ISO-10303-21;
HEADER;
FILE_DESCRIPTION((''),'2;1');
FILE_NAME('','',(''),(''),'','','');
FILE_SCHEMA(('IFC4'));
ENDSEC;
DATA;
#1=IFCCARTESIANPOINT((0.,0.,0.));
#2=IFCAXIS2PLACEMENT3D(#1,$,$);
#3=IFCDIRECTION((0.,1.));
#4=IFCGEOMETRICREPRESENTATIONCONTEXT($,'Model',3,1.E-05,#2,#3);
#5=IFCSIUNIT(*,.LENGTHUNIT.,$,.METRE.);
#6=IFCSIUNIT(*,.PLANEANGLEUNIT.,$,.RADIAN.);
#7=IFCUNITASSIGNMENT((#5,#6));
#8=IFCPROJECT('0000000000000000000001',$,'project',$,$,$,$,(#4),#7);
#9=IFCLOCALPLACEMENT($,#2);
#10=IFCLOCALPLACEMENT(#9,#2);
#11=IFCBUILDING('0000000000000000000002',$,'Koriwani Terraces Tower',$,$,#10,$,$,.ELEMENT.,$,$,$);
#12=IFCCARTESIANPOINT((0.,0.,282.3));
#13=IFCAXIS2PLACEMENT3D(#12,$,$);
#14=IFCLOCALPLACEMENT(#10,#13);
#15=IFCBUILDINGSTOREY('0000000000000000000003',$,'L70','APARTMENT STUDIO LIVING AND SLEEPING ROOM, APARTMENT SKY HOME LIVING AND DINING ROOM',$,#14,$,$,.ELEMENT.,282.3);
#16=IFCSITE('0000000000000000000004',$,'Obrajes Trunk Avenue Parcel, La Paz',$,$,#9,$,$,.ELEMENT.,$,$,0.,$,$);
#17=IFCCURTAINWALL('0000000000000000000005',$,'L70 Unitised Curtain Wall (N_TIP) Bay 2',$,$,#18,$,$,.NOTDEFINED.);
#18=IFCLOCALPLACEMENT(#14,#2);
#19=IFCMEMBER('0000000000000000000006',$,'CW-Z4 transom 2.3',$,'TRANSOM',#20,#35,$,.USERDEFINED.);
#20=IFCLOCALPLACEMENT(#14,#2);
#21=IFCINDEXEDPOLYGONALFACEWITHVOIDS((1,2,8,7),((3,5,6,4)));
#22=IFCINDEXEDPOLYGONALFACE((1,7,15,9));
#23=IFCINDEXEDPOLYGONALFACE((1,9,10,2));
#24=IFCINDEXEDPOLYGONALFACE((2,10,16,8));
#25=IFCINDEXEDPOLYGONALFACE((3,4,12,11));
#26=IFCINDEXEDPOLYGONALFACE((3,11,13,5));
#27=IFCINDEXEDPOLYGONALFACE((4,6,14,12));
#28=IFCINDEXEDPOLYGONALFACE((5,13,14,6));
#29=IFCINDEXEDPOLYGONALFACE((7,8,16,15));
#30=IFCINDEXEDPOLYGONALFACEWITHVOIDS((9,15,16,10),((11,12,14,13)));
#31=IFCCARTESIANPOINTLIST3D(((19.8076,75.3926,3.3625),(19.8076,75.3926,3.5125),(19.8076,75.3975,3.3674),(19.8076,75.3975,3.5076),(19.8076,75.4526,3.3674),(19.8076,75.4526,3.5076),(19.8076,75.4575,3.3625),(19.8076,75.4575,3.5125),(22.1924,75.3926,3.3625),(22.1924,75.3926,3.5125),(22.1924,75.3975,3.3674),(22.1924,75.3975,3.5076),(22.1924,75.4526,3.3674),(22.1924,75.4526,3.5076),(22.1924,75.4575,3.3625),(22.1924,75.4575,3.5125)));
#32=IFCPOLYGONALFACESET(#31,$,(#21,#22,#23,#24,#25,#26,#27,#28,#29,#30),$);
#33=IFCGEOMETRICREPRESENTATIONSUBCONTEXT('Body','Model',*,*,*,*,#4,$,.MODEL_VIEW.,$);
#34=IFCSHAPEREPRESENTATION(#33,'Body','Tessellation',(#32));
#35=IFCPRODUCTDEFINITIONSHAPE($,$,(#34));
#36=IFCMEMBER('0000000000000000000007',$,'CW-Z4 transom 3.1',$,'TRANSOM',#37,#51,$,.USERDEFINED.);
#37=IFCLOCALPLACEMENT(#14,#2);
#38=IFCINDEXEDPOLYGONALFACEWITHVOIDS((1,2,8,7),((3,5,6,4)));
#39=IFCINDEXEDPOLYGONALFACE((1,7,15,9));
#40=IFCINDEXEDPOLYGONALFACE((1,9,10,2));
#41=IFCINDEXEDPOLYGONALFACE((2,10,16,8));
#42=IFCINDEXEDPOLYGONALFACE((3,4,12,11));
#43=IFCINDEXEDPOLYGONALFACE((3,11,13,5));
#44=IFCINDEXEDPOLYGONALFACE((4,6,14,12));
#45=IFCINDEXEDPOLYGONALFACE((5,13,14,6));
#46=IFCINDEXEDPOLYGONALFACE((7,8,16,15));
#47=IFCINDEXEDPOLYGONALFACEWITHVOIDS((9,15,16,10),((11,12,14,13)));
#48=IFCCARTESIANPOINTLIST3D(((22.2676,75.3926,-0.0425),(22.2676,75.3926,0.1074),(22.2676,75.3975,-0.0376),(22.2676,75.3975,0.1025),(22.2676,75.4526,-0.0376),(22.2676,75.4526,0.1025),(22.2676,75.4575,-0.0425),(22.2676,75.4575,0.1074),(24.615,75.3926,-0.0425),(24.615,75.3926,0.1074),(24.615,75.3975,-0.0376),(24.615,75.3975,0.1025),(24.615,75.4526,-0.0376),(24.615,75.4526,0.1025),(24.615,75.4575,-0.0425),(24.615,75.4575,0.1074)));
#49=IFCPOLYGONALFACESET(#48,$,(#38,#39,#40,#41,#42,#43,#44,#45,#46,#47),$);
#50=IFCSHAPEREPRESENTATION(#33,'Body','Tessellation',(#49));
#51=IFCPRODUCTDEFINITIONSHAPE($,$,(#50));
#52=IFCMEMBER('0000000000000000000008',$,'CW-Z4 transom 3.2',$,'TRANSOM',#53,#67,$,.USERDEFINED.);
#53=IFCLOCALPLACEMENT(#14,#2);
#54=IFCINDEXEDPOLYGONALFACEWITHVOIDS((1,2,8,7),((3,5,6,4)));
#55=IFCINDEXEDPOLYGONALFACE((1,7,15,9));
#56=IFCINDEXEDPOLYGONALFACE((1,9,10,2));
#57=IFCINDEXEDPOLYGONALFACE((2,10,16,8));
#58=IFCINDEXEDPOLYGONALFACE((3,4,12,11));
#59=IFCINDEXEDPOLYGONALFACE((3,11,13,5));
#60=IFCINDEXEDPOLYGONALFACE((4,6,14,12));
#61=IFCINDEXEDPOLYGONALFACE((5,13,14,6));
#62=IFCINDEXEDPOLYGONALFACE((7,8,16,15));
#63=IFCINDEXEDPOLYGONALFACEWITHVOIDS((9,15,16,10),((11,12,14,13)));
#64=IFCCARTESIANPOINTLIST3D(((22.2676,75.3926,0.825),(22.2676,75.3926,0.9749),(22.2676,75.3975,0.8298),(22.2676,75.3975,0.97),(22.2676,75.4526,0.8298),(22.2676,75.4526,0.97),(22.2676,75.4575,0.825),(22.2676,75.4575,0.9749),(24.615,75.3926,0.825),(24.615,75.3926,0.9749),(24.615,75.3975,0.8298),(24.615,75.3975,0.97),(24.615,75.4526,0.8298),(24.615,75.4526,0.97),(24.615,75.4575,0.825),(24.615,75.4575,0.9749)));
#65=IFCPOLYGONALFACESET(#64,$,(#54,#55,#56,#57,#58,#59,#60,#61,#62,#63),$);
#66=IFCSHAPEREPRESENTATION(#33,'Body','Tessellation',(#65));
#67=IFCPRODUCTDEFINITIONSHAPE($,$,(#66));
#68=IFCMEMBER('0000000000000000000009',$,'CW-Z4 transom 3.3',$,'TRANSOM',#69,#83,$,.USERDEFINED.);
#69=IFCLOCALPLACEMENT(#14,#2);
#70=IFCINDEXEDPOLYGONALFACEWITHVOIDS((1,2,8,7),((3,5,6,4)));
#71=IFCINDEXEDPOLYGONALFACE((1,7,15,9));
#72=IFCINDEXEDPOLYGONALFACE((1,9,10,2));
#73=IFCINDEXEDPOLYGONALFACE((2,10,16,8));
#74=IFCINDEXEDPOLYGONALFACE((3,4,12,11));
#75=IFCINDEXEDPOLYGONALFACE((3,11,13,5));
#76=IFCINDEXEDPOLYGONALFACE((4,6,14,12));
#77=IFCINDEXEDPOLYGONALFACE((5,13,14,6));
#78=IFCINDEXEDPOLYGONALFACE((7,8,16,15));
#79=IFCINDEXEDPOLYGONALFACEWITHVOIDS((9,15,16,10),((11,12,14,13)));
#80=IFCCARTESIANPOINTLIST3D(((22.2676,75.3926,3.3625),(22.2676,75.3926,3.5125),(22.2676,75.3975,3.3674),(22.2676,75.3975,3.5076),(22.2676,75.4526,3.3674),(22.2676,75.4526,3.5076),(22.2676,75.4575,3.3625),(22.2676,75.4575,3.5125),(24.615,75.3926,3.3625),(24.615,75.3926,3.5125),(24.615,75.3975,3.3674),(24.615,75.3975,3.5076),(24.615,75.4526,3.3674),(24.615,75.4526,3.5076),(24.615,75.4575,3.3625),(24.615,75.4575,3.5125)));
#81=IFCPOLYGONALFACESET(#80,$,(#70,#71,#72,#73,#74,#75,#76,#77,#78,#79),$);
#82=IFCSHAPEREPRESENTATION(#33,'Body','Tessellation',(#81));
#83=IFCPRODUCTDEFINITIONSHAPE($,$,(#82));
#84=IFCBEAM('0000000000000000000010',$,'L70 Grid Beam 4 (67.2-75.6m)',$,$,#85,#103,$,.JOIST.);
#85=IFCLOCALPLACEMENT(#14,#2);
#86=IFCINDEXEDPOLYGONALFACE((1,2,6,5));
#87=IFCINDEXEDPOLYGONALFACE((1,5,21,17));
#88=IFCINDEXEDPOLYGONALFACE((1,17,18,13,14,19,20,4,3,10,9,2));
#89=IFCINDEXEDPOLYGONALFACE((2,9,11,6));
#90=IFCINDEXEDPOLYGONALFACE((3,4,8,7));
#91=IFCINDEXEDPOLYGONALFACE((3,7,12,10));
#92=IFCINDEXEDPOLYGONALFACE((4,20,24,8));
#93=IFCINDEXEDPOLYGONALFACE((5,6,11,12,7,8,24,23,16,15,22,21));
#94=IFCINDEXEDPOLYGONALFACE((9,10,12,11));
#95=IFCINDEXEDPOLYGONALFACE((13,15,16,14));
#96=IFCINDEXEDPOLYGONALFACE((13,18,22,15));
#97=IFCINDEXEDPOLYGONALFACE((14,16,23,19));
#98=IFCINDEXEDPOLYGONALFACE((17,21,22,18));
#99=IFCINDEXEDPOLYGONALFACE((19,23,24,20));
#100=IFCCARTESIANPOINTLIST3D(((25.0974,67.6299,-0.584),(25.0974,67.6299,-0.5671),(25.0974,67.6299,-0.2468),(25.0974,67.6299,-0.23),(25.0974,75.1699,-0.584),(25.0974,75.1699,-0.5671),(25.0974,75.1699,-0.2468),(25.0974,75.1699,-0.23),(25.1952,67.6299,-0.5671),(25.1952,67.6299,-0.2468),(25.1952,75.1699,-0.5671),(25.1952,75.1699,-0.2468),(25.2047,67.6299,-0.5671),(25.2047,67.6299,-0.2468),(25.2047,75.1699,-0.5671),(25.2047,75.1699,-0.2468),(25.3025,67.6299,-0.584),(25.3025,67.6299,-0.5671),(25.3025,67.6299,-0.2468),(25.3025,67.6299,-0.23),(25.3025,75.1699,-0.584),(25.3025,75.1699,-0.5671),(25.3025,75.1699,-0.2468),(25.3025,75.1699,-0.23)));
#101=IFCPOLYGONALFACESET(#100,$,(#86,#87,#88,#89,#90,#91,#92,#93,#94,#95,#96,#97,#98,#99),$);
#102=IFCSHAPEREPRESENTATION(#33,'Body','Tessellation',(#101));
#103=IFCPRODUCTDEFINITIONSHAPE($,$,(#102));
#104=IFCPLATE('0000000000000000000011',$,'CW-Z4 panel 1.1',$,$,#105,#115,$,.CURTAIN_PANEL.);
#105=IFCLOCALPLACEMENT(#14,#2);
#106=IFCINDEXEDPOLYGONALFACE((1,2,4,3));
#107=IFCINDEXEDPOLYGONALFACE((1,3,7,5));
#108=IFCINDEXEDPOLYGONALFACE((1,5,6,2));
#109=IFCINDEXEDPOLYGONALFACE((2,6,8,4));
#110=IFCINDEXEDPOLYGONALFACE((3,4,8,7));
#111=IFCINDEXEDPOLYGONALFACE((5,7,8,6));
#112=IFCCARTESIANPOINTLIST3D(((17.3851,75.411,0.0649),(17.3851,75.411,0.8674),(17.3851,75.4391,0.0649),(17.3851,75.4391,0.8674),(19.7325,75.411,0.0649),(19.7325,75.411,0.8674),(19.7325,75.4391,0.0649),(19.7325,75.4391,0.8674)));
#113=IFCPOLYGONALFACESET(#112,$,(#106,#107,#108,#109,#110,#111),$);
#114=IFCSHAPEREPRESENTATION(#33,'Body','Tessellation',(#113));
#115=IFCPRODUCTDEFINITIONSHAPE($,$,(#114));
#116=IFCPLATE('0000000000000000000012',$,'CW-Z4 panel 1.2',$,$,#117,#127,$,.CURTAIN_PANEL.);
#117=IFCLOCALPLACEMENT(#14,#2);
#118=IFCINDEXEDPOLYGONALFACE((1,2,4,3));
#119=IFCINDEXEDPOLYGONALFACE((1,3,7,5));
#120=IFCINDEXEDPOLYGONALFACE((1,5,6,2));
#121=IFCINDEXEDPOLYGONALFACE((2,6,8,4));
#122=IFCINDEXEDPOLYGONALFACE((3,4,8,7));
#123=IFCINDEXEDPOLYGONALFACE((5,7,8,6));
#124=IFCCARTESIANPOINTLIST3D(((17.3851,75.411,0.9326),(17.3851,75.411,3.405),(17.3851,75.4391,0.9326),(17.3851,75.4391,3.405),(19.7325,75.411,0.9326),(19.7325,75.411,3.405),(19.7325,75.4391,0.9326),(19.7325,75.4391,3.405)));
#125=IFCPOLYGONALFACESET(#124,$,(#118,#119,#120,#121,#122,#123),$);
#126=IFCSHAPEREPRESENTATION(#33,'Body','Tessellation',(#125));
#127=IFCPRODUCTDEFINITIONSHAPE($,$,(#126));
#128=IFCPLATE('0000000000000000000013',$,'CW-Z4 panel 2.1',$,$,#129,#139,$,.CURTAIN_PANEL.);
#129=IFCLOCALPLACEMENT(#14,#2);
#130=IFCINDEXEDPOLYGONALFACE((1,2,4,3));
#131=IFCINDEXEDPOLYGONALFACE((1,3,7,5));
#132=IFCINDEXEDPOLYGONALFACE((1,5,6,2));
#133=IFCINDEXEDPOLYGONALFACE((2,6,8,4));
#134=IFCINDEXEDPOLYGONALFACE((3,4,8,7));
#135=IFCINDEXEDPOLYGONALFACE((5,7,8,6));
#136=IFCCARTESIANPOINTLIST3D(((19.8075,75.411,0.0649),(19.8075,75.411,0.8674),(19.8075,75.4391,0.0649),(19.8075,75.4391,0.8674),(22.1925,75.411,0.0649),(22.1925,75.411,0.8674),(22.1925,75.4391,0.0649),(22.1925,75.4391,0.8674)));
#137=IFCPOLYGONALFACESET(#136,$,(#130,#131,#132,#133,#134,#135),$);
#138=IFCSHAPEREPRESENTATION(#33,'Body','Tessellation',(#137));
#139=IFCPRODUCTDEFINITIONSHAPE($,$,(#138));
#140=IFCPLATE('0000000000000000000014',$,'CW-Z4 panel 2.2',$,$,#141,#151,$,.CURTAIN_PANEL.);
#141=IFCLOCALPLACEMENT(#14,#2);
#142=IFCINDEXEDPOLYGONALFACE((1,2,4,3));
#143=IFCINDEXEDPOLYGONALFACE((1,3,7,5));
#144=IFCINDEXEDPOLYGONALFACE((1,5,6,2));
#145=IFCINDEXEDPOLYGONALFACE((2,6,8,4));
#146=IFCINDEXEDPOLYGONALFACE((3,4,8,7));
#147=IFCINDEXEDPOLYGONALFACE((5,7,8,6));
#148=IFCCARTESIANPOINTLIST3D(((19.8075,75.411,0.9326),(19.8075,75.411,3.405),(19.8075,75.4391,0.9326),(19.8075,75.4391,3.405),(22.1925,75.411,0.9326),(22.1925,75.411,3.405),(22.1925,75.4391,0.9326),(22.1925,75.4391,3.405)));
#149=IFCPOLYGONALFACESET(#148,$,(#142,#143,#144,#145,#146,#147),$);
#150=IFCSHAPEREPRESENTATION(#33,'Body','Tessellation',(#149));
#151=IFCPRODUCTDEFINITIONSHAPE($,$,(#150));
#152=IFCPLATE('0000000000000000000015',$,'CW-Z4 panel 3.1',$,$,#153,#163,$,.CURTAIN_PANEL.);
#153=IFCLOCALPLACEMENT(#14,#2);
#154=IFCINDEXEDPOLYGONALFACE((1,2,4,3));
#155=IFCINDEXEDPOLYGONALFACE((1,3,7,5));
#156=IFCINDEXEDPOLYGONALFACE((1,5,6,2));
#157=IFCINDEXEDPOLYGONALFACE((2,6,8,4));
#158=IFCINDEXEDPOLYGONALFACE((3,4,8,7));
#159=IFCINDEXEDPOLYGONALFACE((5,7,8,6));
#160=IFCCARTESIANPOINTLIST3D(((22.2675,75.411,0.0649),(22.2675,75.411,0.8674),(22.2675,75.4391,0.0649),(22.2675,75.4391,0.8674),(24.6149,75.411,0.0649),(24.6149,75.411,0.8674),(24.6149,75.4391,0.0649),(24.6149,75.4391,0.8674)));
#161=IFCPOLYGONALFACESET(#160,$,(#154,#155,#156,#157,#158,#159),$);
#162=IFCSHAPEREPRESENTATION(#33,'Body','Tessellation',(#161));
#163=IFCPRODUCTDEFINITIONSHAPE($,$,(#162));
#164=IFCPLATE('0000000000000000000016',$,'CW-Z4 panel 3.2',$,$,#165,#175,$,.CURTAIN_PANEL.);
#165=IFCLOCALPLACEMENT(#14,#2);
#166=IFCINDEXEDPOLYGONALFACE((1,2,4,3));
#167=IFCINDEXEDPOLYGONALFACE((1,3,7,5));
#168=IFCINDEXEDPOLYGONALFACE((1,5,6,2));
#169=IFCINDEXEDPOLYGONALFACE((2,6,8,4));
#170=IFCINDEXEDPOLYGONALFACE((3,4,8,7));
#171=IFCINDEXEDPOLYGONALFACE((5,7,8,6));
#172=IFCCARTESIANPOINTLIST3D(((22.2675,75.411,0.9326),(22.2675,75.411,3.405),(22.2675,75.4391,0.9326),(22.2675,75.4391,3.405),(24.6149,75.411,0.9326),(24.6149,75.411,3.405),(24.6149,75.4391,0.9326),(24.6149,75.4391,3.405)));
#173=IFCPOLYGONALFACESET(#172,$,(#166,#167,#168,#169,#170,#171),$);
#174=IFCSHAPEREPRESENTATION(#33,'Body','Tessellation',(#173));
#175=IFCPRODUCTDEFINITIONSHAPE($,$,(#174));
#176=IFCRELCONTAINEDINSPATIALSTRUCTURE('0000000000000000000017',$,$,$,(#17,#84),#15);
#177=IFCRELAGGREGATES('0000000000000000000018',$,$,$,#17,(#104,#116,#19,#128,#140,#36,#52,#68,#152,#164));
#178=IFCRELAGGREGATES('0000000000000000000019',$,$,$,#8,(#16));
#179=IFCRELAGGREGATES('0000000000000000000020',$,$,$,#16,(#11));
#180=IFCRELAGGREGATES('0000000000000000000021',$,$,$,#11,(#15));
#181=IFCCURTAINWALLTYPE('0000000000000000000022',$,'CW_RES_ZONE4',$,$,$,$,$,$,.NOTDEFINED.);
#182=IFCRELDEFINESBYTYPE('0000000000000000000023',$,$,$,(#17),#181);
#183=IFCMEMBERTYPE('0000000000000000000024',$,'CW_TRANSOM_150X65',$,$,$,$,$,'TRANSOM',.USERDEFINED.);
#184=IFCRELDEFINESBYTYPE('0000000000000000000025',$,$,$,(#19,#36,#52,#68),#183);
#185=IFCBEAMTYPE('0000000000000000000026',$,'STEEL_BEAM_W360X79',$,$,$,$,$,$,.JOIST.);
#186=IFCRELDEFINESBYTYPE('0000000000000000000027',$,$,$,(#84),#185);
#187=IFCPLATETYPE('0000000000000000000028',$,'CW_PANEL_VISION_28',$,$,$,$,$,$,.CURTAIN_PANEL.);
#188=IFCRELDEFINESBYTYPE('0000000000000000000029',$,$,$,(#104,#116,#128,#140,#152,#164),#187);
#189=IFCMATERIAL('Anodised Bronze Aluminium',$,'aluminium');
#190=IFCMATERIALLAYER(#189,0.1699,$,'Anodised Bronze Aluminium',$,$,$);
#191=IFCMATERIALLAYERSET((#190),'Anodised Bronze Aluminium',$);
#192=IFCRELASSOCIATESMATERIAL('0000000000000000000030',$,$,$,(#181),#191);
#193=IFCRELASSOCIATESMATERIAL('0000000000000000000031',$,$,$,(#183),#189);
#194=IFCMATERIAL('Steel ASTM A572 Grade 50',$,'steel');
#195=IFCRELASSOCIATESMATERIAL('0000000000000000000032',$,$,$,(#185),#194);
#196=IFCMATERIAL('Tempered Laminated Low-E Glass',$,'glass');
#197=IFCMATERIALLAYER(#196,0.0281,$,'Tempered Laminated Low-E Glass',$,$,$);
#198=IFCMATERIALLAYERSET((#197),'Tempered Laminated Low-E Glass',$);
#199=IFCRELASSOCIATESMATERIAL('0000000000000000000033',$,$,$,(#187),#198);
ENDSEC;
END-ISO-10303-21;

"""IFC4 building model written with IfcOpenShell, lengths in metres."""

from ifc_helpers import new_model, si_unit, direction, frame, origin, origin_2d, place, context, subcontext, project, spatial, rectangle, hollow_rectangle, i_section, extrude, material, layer, layer_set, material_profile, profile_set, type_object, element, aggregate, save


model = new_model("IFC4")

# Units and contexts
model_context = context("Model", 3, precision=1e-05, world=origin(), true_north=direction((0.0, 1.0)))
body_context = subcontext(model_context, "Body", "Model", "MODEL_VIEW")
ifc_project = project(units=[si_unit("LENGTHUNIT", "METRE"), si_unit("PLANEANGLEUNIT", "RADIAN")], contexts=[model_context])

# Site, building, storey
site_placement = place(None, origin())
site = spatial("IfcSite", under=ifc_project, at=site_placement, Name="Obrajes Trunk Avenue Parcel, La Paz", CompositionType="ELEMENT", RefElevation=0.0)
building_placement = place(site_placement, origin())
building = spatial("IfcBuilding", under=site, at=building_placement, Name="Koriwani Terraces Tower", CompositionType="ELEMENT")
storey_placement = place(building_placement, frame((0.0, 0.0, 282.3)))
storey = spatial("IfcBuildingStorey", under=building, at=storey_placement, Name="L70", Description="APARTMENT STUDIO LIVING AND SLEEPING ROOM, APARTMENT SKY HOME LIVING AND DINING ROOM", CompositionType="ELEMENT", Elevation=282.3)

# Curtain wall, members
ifc_material_1 = material(Name="Anodised Bronze Aluminium", Category="aluminium")
ifc_layer_1 = layer(ifc_material_1, 0.1699, Name="Anodised Bronze Aluminium")
ifc_layer_set_1 = layer_set([ifc_layer_1], Name="Anodised Bronze Aluminium")
curtain_wall_type = type_object("IfcCurtainWallType", Name="CW_RES_ZONE4", PredefinedType="NOTDEFINED", material=ifc_layer_set_1)
curtain_wall_placement = place(storey_placement, origin())
curtain_wall = element("IfcCurtainWall", 1, at=curtain_wall_placement, inside=storey, type_object=curtain_wall_type, Name="L70 Unitised Curtain Wall (N_TIP) Bay 2", PredefinedType="NOTDEFINED")
ifc_material_profile_1 = material_profile(ifc_material_1, hollow_rectangle(XDim=0.0649, YDim=0.1499, WallThickness=0.0049, at=origin_2d()), Name="Anodised Bronze Aluminium", Category="LoadBearing")
ifc_profile_set_1 = profile_set([ifc_material_profile_1], Name="Anodised Bronze Aluminium")
member_type_1 = type_object("IfcMemberType", Name="CW_TRANSOM_150X65", ElementType="TRANSOM", PredefinedType="USERDEFINED", material=ifc_profile_set_1)
member_1_placement = place(storey_placement, frame((19.8076, 75.425, 3.4375), z_axis=(1.0, 0.0, 0.0), x_axis=(0.0, 1.0, 0.0)))
member_1 = element("IfcMember", 2, at=member_1_placement, type_object=member_type_1, Name="CW-Z4 transom 2.3", ObjectType="TRANSOM", PredefinedType="USERDEFINED", context=body_context, shape_type="SweptSolid", body=[
    extrude(hollow_rectangle(XDim=0.0649, YDim=0.1499, WallThickness=0.0049, at=origin_2d()), origin(), (0.0, 0.0, 1.0), 2.3848),
])
member_2_placement = place(storey_placement, frame((22.2676, 75.425, 0.0325), z_axis=(1.0, 0.0, 0.0), x_axis=(0.0, 1.0, 0.0)))
member_2 = element("IfcMember", 3, at=member_2_placement, type_object=member_type_1, Name="CW-Z4 transom 3.1", ObjectType="TRANSOM", PredefinedType="USERDEFINED", context=body_context, shape_type="SweptSolid", body=[
    extrude(hollow_rectangle(XDim=0.0649, YDim=0.1499, WallThickness=0.0049, at=origin_2d()), origin(), (0.0, 0.0, 1.0), 2.3474),
])
member_3_placement = place(storey_placement, frame((22.2676, 75.425, 0.8999), z_axis=(1.0, 0.0, 0.0), x_axis=(0.0, 1.0, 0.0)))
member_3 = element("IfcMember", 4, at=member_3_placement, type_object=member_type_1, Name="CW-Z4 transom 3.2", ObjectType="TRANSOM", PredefinedType="USERDEFINED", context=body_context, shape_type="SweptSolid", body=[
    extrude(hollow_rectangle(XDim=0.0649, YDim=0.1499, WallThickness=0.0049, at=origin_2d()), origin(), (0.0, 0.0, 1.0), 2.3474),
])
member_4_placement = place(storey_placement, frame((22.2676, 75.425, 3.4375), z_axis=(1.0, 0.0, 0.0), x_axis=(0.0, 1.0, 0.0)))
member_4 = element("IfcMember", 5, at=member_4_placement, type_object=member_type_1, Name="CW-Z4 transom 3.3", ObjectType="TRANSOM", PredefinedType="USERDEFINED", context=body_context, shape_type="SweptSolid", body=[
    extrude(hollow_rectangle(XDim=0.0649, YDim=0.1499, WallThickness=0.0049, at=origin_2d()), origin(), (0.0, 0.0, 1.0), 2.3474),
])

# Beam
ifc_material_2 = material(Name="Steel ASTM A572 Grade 50", Category="steel")
ifc_material_profile_2 = material_profile(ifc_material_2, i_section(OverallWidth=0.2051, OverallDepth=0.354, WebThickness=0.0095, FlangeThickness=0.0168, at=origin_2d()), Name="Steel ASTM A572 Grade 50", Category="LoadBearing")
ifc_profile_set_2 = profile_set([ifc_material_profile_2], Name="Steel ASTM A572 Grade 50")
beam_type = type_object("IfcBeamType", Name="STEEL_BEAM_W360X79", PredefinedType="JOIST", material=ifc_profile_set_2)
beam_placement = place(storey_placement, frame((25.2, 67.6299, -0.407), z_axis=(0.0, 1.0, 0.0), x_axis=(-1.0, 0.0, 0.0)))
element("IfcBeam", 6, at=beam_placement, inside=storey, type_object=beam_type, Name="L70 Grid Beam 4 (67.2-75.6m)", PredefinedType="JOIST", context=body_context, shape_type="SweptSolid", body=[
    extrude(i_section(OverallWidth=0.2051, OverallDepth=0.354, WebThickness=0.0095, FlangeThickness=0.0168, at=origin_2d()), origin(), (0.0, 0.0, 1.0), 7.54),
])

# Plates
ifc_material_3 = material(Name="Tempered Laminated Low-E Glass", Category="glass")
ifc_layer_2 = layer(ifc_material_3, 0.0281, Name="Tempered Laminated Low-E Glass")
ifc_layer_set_2 = layer_set([ifc_layer_2], Name="Tempered Laminated Low-E Glass")
plate_type = type_object("IfcPlateType", Name="CW_PANEL_VISION_28", PredefinedType="CURTAIN_PANEL", material=ifc_layer_set_2)
plate_1_placement = place(storey_placement, frame((18.5588, 75.425, 0.0649), z_axis=(0.0, 0.0, 1.0), x_axis=(1.0, 0.0, 0.0)))
plate_1 = element("IfcPlate", 7, at=plate_1_placement, type_object=plate_type, Name="CW-Z4 panel 1.1", PredefinedType="CURTAIN_PANEL", context=body_context, shape_type="SweptSolid", body=[
    extrude(rectangle(XDim=2.3474, YDim=0.0281, at=origin_2d()), origin(), (0.0, 0.0, 1.0), 0.8025),
])
plate_2_placement = place(storey_placement, frame((18.5588, 75.425, 0.9326), z_axis=(0.0, 0.0, 1.0), x_axis=(1.0, 0.0, 0.0)))
plate_2 = element("IfcPlate", 8, at=plate_2_placement, type_object=plate_type, Name="CW-Z4 panel 1.2", PredefinedType="CURTAIN_PANEL", context=body_context, shape_type="SweptSolid", body=[
    extrude(rectangle(XDim=2.3474, YDim=0.0281, at=origin_2d()), origin(), (0.0, 0.0, 1.0), 2.4724),
])
plate_3_placement = place(storey_placement, frame((21.0, 75.425, 0.0649), z_axis=(0.0, 0.0, 1.0), x_axis=(1.0, 0.0, 0.0)))
plate_3 = element("IfcPlate", 9, at=plate_3_placement, type_object=plate_type, Name="CW-Z4 panel 2.1", PredefinedType="CURTAIN_PANEL", context=body_context, shape_type="SweptSolid", body=[
    extrude(rectangle(XDim=2.385, YDim=0.0281, at=origin_2d()), origin(), (0.0, 0.0, 1.0), 0.8025),
])
plate_4_placement = place(storey_placement, frame((21.0, 75.425, 0.9326), z_axis=(0.0, 0.0, 1.0), x_axis=(1.0, 0.0, 0.0)))
plate_4 = element("IfcPlate", 10, at=plate_4_placement, type_object=plate_type, Name="CW-Z4 panel 2.2", PredefinedType="CURTAIN_PANEL", context=body_context, shape_type="SweptSolid", body=[
    extrude(rectangle(XDim=2.385, YDim=0.0281, at=origin_2d()), origin(), (0.0, 0.0, 1.0), 2.4724),
])
plate_5_placement = place(storey_placement, frame((23.4412, 75.425, 0.0649), z_axis=(0.0, 0.0, 1.0), x_axis=(1.0, 0.0, 0.0)))
plate_5 = element("IfcPlate", 11, at=plate_5_placement, type_object=plate_type, Name="CW-Z4 panel 3.1", PredefinedType="CURTAIN_PANEL", context=body_context, shape_type="SweptSolid", body=[
    extrude(rectangle(XDim=2.3474, YDim=0.0281, at=origin_2d()), origin(), (0.0, 0.0, 1.0), 0.8025),
])
plate_6_placement = place(storey_placement, frame((23.4412, 75.425, 0.9326), z_axis=(0.0, 0.0, 1.0), x_axis=(1.0, 0.0, 0.0)))
plate_6 = element("IfcPlate", 12, at=plate_6_placement, type_object=plate_type, Name="CW-Z4 panel 3.2", PredefinedType="CURTAIN_PANEL", context=body_context, shape_type="SweptSolid", body=[
    extrude(rectangle(XDim=2.3474, YDim=0.0281, at=origin_2d()), origin(), (0.0, 0.0, 1.0), 2.4724),
])
aggregate(curtain_wall, [plate_1, plate_2, member_1, plate_3, plate_4, member_2, member_3, member_4, plate_5, plate_6])

save(model, "model.ifc")
